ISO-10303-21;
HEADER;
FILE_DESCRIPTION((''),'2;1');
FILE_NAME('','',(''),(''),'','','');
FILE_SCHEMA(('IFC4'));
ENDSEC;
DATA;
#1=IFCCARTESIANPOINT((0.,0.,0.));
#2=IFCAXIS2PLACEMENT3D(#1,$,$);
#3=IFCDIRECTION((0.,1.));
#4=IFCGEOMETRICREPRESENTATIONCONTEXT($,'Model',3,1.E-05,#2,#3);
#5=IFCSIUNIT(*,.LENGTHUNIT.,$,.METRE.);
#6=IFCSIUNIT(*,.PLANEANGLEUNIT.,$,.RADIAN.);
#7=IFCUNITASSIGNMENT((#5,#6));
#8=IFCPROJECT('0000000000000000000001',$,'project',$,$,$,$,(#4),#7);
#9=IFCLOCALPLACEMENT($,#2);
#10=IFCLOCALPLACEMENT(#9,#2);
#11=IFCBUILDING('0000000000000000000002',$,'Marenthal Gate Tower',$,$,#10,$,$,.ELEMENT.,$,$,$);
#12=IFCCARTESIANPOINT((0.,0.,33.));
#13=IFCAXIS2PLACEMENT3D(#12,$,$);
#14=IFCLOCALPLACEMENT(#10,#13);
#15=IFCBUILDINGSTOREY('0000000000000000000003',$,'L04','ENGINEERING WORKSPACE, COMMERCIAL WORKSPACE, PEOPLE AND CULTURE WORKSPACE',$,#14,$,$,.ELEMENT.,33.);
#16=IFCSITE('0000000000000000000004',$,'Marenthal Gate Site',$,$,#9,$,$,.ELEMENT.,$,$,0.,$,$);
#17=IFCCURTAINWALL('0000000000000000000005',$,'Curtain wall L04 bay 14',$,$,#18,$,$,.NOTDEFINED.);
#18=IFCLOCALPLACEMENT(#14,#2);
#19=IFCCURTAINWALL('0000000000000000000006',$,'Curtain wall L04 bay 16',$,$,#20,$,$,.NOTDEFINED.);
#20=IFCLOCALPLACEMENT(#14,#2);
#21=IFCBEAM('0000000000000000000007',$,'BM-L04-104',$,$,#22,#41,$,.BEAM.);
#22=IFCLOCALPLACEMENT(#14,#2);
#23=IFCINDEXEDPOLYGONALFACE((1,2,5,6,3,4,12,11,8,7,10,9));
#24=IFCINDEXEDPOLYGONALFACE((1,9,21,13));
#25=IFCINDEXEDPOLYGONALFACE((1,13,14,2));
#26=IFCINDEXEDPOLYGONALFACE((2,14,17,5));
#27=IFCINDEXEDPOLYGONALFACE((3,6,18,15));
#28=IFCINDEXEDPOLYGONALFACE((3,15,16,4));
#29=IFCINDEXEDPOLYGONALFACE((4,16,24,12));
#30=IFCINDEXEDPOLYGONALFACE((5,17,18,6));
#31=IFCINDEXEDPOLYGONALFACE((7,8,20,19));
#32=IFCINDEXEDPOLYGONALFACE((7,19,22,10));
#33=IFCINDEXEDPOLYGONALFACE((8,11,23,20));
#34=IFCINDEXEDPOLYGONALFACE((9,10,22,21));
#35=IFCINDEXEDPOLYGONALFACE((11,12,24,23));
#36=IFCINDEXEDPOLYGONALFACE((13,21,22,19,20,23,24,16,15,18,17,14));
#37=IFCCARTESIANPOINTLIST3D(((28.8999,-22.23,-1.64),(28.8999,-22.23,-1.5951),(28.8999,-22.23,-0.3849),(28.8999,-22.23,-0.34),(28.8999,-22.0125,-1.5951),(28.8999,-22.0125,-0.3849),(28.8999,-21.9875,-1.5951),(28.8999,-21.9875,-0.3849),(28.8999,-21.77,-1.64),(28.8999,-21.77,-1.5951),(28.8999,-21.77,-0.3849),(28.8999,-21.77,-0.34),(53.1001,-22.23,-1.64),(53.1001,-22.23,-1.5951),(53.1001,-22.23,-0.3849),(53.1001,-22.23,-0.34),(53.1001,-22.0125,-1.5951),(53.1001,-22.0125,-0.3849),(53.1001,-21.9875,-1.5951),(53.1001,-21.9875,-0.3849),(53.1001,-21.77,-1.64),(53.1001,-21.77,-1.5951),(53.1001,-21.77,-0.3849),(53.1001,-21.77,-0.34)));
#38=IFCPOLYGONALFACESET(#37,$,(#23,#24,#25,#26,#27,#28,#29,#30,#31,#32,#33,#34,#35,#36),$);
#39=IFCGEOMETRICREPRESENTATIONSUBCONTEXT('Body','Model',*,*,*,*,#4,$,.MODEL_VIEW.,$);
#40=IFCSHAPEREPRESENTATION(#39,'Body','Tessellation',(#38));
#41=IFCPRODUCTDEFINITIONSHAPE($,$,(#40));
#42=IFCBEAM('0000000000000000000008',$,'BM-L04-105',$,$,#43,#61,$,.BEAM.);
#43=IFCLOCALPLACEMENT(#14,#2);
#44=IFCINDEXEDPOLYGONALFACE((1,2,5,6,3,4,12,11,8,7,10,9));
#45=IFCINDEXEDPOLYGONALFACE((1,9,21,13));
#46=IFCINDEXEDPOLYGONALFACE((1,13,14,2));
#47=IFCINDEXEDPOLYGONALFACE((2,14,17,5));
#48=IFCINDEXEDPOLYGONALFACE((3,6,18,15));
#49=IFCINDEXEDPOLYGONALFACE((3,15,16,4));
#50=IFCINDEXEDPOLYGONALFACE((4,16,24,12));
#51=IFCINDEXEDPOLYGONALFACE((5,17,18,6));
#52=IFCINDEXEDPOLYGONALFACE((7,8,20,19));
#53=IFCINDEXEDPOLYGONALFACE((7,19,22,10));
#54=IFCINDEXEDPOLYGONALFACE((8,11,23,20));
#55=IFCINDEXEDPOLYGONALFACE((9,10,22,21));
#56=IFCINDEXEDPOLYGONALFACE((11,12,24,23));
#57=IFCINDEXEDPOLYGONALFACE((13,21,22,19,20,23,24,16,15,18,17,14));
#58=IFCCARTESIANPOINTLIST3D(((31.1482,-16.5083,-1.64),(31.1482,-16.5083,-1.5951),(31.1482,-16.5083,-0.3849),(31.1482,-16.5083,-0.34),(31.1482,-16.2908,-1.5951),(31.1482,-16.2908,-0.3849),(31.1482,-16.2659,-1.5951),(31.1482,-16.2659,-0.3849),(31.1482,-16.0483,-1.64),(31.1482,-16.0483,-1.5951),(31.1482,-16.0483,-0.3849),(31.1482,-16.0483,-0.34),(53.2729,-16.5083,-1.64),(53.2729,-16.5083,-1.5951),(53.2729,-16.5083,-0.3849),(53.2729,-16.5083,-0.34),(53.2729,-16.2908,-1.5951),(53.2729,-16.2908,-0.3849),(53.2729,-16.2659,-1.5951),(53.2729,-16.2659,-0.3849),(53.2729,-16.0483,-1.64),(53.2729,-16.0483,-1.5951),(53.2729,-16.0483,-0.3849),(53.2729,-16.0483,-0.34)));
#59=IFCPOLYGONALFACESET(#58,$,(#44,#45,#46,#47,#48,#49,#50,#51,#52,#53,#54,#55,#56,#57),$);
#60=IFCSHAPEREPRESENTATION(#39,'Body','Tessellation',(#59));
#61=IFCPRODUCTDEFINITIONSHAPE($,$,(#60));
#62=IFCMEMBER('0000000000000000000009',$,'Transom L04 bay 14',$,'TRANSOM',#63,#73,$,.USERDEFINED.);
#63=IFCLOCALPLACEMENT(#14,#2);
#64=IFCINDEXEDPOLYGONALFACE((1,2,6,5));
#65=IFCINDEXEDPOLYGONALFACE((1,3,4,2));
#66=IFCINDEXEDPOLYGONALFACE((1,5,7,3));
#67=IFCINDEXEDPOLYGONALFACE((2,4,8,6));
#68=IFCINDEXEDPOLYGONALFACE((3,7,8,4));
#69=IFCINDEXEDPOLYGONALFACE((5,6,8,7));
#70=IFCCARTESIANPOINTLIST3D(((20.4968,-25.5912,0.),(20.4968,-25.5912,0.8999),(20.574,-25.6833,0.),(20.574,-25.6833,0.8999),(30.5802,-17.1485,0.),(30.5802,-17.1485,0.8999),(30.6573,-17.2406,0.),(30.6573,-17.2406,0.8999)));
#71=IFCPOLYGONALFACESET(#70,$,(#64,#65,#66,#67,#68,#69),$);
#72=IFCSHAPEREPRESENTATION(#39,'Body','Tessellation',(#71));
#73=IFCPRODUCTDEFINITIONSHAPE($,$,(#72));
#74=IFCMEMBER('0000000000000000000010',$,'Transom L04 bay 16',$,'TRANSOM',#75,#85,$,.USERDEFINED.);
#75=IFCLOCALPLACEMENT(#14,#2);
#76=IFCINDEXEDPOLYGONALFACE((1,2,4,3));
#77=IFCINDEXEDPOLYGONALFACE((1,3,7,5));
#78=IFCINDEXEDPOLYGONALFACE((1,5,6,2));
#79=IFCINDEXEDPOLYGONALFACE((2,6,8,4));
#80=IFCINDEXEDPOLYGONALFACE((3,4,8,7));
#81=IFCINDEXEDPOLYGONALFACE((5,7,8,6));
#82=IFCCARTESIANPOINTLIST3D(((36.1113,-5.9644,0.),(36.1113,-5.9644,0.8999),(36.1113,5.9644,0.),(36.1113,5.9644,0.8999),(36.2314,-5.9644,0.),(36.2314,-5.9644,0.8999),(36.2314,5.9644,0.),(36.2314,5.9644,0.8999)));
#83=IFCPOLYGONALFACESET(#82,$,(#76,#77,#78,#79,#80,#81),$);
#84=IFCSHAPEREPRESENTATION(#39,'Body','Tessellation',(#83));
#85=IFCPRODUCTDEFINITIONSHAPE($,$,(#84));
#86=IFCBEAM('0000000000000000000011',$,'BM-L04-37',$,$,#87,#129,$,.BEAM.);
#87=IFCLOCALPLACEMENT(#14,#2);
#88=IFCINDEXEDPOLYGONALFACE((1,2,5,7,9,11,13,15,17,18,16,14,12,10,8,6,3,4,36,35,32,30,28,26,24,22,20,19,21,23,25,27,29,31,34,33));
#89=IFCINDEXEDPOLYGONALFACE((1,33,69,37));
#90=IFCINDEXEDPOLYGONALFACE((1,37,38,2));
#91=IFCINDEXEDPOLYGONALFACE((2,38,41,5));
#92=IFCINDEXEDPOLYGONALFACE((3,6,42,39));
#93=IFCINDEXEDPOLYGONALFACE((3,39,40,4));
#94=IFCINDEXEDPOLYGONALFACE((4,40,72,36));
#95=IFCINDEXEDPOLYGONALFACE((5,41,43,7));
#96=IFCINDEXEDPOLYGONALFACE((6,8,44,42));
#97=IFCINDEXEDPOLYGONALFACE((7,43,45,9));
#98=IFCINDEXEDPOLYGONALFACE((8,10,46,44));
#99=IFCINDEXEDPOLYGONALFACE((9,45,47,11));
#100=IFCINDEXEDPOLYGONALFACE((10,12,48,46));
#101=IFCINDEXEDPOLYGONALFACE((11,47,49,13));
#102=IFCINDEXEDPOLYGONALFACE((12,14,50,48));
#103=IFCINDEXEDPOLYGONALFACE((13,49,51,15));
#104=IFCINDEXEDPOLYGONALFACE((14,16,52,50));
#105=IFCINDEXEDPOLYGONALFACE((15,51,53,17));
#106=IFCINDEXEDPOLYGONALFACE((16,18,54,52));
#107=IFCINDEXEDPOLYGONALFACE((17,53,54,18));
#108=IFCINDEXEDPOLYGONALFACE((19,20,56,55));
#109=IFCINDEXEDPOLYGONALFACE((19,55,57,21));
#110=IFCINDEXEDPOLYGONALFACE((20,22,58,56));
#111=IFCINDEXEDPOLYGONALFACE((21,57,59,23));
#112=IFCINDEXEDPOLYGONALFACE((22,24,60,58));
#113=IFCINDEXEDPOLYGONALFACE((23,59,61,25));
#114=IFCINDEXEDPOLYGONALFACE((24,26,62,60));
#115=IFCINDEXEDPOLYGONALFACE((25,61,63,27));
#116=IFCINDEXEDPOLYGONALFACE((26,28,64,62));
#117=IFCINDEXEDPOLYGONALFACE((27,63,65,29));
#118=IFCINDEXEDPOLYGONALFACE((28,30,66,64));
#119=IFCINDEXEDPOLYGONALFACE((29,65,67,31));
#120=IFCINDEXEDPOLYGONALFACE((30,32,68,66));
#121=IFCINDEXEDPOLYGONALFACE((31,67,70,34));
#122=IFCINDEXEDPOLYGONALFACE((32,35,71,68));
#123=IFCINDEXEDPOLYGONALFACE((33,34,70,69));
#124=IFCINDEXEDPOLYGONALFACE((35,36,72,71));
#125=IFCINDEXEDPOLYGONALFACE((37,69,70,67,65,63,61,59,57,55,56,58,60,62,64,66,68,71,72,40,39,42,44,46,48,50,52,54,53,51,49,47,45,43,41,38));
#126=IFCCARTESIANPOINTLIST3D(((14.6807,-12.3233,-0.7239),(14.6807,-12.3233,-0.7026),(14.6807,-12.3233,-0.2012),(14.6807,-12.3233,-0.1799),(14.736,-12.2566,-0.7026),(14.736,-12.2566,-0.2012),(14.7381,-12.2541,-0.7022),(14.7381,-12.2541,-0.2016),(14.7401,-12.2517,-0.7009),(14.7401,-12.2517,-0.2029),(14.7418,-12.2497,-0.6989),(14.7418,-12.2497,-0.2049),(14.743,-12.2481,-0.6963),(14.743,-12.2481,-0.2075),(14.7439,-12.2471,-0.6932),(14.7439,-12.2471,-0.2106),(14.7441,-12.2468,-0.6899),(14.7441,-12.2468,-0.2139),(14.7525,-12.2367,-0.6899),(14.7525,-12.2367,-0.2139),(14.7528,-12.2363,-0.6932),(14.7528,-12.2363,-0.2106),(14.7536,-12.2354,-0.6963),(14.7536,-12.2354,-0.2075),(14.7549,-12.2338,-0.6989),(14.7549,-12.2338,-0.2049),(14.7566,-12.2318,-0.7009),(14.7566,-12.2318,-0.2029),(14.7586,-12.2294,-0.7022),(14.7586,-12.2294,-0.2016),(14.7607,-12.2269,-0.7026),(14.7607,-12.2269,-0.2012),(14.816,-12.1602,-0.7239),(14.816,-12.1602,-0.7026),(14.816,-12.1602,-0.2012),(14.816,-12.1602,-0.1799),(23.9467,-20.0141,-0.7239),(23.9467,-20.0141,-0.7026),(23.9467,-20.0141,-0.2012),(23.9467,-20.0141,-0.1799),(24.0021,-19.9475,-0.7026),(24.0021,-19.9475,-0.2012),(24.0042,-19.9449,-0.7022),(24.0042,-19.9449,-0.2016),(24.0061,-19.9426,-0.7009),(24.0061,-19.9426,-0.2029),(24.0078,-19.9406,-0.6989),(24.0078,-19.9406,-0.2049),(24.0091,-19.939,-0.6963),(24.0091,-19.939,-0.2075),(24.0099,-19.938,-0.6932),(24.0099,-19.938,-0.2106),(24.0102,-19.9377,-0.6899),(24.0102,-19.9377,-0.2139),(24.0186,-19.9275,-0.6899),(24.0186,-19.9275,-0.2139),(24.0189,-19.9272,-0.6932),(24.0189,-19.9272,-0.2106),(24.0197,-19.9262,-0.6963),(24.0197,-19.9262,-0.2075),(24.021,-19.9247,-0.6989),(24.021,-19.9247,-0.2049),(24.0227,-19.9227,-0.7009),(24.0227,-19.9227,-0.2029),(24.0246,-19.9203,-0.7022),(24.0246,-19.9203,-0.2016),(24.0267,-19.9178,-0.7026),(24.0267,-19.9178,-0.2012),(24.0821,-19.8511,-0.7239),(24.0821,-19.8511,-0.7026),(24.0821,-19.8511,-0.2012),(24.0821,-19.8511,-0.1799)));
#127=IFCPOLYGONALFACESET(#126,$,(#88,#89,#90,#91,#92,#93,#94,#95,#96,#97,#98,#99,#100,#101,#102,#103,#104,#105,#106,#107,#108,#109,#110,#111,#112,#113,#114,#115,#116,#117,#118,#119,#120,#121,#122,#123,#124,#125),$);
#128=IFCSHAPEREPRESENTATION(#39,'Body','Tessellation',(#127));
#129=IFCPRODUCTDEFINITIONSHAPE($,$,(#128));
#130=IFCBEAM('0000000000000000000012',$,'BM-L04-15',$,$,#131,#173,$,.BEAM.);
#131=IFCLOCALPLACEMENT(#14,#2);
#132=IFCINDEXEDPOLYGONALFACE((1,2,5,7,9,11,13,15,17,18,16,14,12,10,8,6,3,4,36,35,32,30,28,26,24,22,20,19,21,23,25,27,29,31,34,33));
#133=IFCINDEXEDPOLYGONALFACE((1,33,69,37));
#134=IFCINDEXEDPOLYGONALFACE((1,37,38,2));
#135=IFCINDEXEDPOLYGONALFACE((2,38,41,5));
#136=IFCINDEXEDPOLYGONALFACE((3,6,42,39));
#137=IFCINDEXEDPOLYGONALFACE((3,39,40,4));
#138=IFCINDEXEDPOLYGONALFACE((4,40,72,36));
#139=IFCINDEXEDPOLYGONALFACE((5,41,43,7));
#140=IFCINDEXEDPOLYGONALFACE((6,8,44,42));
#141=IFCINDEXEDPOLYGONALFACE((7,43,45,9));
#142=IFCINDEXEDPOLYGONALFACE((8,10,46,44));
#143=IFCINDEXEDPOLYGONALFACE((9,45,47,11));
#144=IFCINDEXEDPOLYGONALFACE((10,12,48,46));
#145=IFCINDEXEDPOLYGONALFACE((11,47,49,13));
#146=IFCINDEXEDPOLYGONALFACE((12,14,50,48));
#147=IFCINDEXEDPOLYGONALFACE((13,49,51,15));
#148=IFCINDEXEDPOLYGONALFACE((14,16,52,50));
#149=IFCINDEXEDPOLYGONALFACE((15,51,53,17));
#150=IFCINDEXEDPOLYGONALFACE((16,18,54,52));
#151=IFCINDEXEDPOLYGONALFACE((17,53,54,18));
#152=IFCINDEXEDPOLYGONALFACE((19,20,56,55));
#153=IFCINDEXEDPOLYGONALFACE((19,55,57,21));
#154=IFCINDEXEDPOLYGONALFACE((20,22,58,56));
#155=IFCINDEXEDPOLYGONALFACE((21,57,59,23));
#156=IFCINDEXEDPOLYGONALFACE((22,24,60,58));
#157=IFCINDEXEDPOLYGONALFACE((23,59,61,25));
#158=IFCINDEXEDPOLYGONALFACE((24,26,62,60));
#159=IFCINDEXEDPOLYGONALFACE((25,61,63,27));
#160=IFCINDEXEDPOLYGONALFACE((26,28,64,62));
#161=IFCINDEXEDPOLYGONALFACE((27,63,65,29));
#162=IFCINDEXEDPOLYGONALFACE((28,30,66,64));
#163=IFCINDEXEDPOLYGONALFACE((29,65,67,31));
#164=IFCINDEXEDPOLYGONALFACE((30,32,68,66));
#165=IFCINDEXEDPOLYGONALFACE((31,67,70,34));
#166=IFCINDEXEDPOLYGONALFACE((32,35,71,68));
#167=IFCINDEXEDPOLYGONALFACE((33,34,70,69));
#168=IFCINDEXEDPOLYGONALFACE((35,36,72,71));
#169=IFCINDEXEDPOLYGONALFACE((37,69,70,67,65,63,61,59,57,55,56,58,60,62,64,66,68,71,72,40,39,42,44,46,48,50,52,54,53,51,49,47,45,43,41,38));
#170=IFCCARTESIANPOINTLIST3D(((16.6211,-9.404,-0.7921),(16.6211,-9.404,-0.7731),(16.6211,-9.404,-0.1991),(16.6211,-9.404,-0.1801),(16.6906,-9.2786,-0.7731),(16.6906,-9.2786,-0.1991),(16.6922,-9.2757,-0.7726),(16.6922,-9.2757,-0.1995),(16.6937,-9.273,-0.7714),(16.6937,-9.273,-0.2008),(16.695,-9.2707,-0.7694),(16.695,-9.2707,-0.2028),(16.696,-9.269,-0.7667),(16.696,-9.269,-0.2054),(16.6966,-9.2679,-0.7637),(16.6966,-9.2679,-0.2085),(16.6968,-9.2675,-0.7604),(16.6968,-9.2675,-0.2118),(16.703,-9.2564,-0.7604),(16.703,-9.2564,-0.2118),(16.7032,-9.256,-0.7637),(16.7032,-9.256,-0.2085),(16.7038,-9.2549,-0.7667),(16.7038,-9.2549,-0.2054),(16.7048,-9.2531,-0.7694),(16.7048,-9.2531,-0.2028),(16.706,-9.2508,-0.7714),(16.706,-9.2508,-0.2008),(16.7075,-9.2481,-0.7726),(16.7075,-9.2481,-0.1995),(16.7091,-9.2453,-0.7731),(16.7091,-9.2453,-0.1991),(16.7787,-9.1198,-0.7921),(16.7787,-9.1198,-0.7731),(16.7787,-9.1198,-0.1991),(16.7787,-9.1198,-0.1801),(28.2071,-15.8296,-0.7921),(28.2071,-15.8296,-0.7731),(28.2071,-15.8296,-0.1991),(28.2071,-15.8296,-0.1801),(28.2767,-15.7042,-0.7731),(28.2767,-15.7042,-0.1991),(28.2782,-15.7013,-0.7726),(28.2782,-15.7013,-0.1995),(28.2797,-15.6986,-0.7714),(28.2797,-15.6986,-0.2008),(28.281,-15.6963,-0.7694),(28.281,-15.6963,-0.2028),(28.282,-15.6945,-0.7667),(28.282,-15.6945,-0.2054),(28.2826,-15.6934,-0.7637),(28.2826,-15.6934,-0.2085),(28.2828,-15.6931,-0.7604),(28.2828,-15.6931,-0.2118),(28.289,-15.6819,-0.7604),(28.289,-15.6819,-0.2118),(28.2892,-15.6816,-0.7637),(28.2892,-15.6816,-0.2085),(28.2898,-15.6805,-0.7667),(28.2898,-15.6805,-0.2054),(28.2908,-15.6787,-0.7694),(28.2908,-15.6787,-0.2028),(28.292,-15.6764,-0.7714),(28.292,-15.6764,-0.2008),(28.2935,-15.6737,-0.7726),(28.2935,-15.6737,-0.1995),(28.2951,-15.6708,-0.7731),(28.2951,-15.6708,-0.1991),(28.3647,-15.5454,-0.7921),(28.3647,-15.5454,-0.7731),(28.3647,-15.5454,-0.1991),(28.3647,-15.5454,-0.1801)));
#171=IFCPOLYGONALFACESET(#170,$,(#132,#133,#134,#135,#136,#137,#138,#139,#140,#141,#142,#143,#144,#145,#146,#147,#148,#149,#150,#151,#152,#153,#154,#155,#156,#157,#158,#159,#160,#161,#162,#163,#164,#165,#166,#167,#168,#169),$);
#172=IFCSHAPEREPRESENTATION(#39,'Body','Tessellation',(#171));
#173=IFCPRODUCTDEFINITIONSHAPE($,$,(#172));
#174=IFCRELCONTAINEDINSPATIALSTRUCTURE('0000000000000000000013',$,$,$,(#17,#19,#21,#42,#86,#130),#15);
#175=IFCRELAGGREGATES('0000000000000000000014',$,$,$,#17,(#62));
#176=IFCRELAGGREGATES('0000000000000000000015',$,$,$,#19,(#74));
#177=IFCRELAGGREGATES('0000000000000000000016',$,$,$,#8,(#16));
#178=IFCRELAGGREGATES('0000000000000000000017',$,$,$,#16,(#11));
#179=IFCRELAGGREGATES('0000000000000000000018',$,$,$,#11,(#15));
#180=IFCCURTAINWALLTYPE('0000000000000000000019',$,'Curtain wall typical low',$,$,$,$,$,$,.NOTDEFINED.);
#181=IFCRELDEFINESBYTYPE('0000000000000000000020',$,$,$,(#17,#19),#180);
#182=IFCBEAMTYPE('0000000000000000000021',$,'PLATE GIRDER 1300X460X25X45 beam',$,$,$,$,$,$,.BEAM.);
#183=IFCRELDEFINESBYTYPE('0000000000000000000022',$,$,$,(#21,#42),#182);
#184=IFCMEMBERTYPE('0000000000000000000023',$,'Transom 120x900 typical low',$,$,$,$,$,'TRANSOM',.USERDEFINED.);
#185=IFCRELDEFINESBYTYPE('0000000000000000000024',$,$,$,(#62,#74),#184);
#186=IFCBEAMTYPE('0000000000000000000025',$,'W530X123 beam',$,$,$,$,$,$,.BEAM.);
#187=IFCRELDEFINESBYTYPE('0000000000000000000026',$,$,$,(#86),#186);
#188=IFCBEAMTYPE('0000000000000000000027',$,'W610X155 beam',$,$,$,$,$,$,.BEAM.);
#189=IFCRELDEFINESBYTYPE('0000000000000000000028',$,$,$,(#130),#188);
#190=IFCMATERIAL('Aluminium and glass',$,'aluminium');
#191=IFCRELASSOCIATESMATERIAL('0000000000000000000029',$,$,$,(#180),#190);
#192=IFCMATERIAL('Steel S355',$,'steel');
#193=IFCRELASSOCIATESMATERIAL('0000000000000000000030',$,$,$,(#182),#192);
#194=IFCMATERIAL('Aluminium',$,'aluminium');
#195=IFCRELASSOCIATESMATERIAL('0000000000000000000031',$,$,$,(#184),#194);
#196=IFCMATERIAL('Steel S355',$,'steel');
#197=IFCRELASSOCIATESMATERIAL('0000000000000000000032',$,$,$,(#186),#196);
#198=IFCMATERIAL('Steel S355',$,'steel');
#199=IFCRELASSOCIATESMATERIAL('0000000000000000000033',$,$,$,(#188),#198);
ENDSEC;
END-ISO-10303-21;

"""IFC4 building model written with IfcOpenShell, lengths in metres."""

from ifc_helpers import new_model, si_unit, direction, frame, origin, origin_2d, place, context, subcontext, project, spatial, rectangle, i_section, extrude, material, material_profile, profile_set, type_object, element, aggregate, save


model = new_model("IFC4")

# Units and contexts
model_context = context("Model", 3, precision=1e-05, world=origin(), true_north=direction((0.0, 1.0)))
body_context = subcontext(model_context, "Body", "Model", "MODEL_VIEW")
ifc_project = project(units=[si_unit("LENGTHUNIT", "METRE"), si_unit("PLANEANGLEUNIT", "RADIAN")], contexts=[model_context])

# Site, building, storey
site_placement = place(None, origin())
site = spatial("IfcSite", under=ifc_project, at=site_placement, Name="Marenthal Gate Site", CompositionType="ELEMENT", RefElevation=0.0)
building_placement = place(site_placement, origin())
building = spatial("IfcBuilding", under=site, at=building_placement, Name="Marenthal Gate Tower", CompositionType="ELEMENT")
storey_placement = place(building_placement, frame((0.0, 0.0, 33.0)))
storey = spatial("IfcBuildingStorey", under=building, at=storey_placement, Name="L04", Description="ENGINEERING WORKSPACE, COMMERCIAL WORKSPACE, PEOPLE AND CULTURE WORKSPACE", CompositionType="ELEMENT", Elevation=33.0)

# Curtain walls
ifc_material_1 = material(Name="Aluminium and glass", Category="aluminium")
curtain_wall_type = type_object("IfcCurtainWallType", Name="Curtain wall typical low", PredefinedType="NOTDEFINED", material=ifc_material_1)
curtain_wall_1_placement = place(storey_placement, origin())
curtain_wall_1 = element("IfcCurtainWall", 1, at=curtain_wall_1_placement, inside=storey, type_object=curtain_wall_type, Name="Curtain wall L04 bay 14", PredefinedType="NOTDEFINED")
curtain_wall_2_placement = place(storey_placement, origin())
curtain_wall_2 = element("IfcCurtainWall", 2, at=curtain_wall_2_placement, inside=storey, type_object=curtain_wall_type, Name="Curtain wall L04 bay 16", PredefinedType="NOTDEFINED")

# Beams
ifc_material_2 = material(Name="Steel S355", Category="steel")
ifc_material_profile_1 = material_profile(ifc_material_2, i_section(OverallWidth=0.46, OverallDepth=1.3, WebThickness=0.0249, FlangeThickness=0.0449, at=origin_2d()), Name="PLATE GIRDER 1300X460X25X45")
ifc_profile_set_1 = profile_set([ifc_material_profile_1], Name="Steel S355")
beam_type_1 = type_object("IfcBeamType", Name="PLATE GIRDER 1300X460X25X45 beam", PredefinedType="BEAM", material=ifc_profile_set_1)
beam_1_placement = place(storey_placement, frame((28.8999, -22.0, -0.99), z_axis=(1.0, 0.0, 0.0), x_axis=(0.0, 1.0, 0.0)))
element("IfcBeam", 3, at=beam_1_placement, inside=storey, type_object=beam_type_1, Name="BM-L04-104", PredefinedType="BEAM", context=body_context, shape_type="SweptSolid", body=[
    extrude(i_section(OverallWidth=0.46, OverallDepth=1.3, WebThickness=0.0249, FlangeThickness=0.0449, at=origin_2d()), origin(), (0.0, 0.0, 1.0), 24.2002),
])
beam_2_placement = place(storey_placement, frame((31.1482, -16.2783, -0.99), z_axis=(1.0, 0.0, 0.0), x_axis=(0.0, 1.0, 0.0)))
element("IfcBeam", 4, at=beam_2_placement, inside=storey, type_object=beam_type_1, Name="BM-L04-105", PredefinedType="BEAM", context=body_context, shape_type="SweptSolid", body=[
    extrude(i_section(OverallWidth=0.46, OverallDepth=1.3, WebThickness=0.0249, FlangeThickness=0.0449, at=origin_2d()), origin(), (0.0, 0.0, 1.0), 22.1248),
])

# Members
ifc_material_3 = material(Name="Aluminium", Category="aluminium")
ifc_material_profile_2 = material_profile(ifc_material_3, rectangle(XDim=0.1201, YDim=0.8999, at=origin_2d()), Name="120x900 aluminium transom")
ifc_profile_set_2 = profile_set([ifc_material_profile_2], Name="Aluminium")
member_type_1 = type_object("IfcMemberType", Name="Transom 120x900 typical low", ElementType="TRANSOM", PredefinedType="USERDEFINED", material=ifc_profile_set_2)
member_1_placement = place(storey_placement, frame((20.5354, -25.6372, 0.45), z_axis=(0.766726, 0.641974, 0.0), x_axis=(-0.641974, 0.766726, 0.0)))
member_1 = element("IfcMember", 5, at=member_1_placement, type_object=member_type_1, Name="Transom L04 bay 14", ObjectType="TRANSOM", PredefinedType="USERDEFINED", context=body_context, shape_type="SweptSolid", body=[
    extrude(rectangle(XDim=0.1201, YDim=0.8999, at=origin_2d()), origin(), (0.0, 0.0, 1.0), 13.1511),
])
member_2_placement = place(storey_placement, frame((36.1714, -5.9644, 0.45), z_axis=(0.0, 1.0, 0.0), x_axis=(-1.0, 0.0, 0.0)))
member_2 = element("IfcMember", 6, at=member_2_placement, type_object=member_type_1, Name="Transom L04 bay 16", ObjectType="TRANSOM", PredefinedType="USERDEFINED", context=body_context, shape_type="SweptSolid", body=[
    extrude(rectangle(XDim=0.1201, YDim=0.8999, at=origin_2d()), origin(), (0.0, 0.0, 1.0), 11.9287),
])

# Beams
ifc_material_4 = material(Name="Steel S355", Category="steel")
ifc_material_profile_3 = material_profile(ifc_material_4, i_section(OverallWidth=0.2119, OverallDepth=0.5439, WebThickness=0.0132, FlangeThickness=0.0212, FilletRadius=0.0127, at=origin_2d()), Name="W530X123")
ifc_profile_set_3 = profile_set([ifc_material_profile_3], Name="Steel S355")
beam_type_2 = type_object("IfcBeamType", Name="W530X123 beam", PredefinedType="BEAM", material=ifc_profile_set_3)
beam_3_placement = place(storey_placement, frame((24.0144, -19.9326, -0.4519), z_axis=(-0.769479, 0.638672, 0.0), x_axis=(-0.638672, -0.769479, 0.0)))
element("IfcBeam", 7, at=beam_3_placement, inside=storey, type_object=beam_type_2, Name="BM-L04-37", PredefinedType="BEAM", context=body_context, shape_type="SweptSolid", body=[
    extrude(i_section(OverallWidth=0.2119, OverallDepth=0.5439, WebThickness=0.0132, FlangeThickness=0.0212, FilletRadius=0.0127, at=origin_2d()), origin(), (0.0, 0.0, 1.0), 12.042),
])
ifc_material_5 = material(Name="Steel S355", Category="steel")
ifc_material_profile_4 = material_profile(ifc_material_5, i_section(OverallWidth=0.325, OverallDepth=0.6121, WebThickness=0.0127, FlangeThickness=0.019, FilletRadius=0.0127, at=origin_2d()), Name="W610X155")
ifc_profile_set_4 = profile_set([ifc_material_profile_4], Name="Steel S355")
beam_type_3 = type_object("IfcBeamType", Name="W610X155 beam", PredefinedType="BEAM", material=ifc_profile_set_4)
beam_4_placement = place(storey_placement, frame((28.2859, -15.6875, -0.4861), z_axis=(-0.874513, 0.485003, 0.0), x_axis=(-0.485003, -0.874513, 0.0)))
element("IfcBeam", 8, at=beam_4_placement, inside=storey, type_object=beam_type_3, Name="BM-L04-15", PredefinedType="BEAM", context=body_context, shape_type="SweptSolid", body=[
    extrude(i_section(OverallWidth=0.325, OverallDepth=0.6121, WebThickness=0.0127, FlangeThickness=0.019, FilletRadius=0.0127, at=origin_2d()), origin(), (0.0, 0.0, 1.0), 13.2485),
])

aggregate(curtain_wall_1, [member_1])
aggregate(curtain_wall_2, [member_2])

save(model, "model.ifc")
